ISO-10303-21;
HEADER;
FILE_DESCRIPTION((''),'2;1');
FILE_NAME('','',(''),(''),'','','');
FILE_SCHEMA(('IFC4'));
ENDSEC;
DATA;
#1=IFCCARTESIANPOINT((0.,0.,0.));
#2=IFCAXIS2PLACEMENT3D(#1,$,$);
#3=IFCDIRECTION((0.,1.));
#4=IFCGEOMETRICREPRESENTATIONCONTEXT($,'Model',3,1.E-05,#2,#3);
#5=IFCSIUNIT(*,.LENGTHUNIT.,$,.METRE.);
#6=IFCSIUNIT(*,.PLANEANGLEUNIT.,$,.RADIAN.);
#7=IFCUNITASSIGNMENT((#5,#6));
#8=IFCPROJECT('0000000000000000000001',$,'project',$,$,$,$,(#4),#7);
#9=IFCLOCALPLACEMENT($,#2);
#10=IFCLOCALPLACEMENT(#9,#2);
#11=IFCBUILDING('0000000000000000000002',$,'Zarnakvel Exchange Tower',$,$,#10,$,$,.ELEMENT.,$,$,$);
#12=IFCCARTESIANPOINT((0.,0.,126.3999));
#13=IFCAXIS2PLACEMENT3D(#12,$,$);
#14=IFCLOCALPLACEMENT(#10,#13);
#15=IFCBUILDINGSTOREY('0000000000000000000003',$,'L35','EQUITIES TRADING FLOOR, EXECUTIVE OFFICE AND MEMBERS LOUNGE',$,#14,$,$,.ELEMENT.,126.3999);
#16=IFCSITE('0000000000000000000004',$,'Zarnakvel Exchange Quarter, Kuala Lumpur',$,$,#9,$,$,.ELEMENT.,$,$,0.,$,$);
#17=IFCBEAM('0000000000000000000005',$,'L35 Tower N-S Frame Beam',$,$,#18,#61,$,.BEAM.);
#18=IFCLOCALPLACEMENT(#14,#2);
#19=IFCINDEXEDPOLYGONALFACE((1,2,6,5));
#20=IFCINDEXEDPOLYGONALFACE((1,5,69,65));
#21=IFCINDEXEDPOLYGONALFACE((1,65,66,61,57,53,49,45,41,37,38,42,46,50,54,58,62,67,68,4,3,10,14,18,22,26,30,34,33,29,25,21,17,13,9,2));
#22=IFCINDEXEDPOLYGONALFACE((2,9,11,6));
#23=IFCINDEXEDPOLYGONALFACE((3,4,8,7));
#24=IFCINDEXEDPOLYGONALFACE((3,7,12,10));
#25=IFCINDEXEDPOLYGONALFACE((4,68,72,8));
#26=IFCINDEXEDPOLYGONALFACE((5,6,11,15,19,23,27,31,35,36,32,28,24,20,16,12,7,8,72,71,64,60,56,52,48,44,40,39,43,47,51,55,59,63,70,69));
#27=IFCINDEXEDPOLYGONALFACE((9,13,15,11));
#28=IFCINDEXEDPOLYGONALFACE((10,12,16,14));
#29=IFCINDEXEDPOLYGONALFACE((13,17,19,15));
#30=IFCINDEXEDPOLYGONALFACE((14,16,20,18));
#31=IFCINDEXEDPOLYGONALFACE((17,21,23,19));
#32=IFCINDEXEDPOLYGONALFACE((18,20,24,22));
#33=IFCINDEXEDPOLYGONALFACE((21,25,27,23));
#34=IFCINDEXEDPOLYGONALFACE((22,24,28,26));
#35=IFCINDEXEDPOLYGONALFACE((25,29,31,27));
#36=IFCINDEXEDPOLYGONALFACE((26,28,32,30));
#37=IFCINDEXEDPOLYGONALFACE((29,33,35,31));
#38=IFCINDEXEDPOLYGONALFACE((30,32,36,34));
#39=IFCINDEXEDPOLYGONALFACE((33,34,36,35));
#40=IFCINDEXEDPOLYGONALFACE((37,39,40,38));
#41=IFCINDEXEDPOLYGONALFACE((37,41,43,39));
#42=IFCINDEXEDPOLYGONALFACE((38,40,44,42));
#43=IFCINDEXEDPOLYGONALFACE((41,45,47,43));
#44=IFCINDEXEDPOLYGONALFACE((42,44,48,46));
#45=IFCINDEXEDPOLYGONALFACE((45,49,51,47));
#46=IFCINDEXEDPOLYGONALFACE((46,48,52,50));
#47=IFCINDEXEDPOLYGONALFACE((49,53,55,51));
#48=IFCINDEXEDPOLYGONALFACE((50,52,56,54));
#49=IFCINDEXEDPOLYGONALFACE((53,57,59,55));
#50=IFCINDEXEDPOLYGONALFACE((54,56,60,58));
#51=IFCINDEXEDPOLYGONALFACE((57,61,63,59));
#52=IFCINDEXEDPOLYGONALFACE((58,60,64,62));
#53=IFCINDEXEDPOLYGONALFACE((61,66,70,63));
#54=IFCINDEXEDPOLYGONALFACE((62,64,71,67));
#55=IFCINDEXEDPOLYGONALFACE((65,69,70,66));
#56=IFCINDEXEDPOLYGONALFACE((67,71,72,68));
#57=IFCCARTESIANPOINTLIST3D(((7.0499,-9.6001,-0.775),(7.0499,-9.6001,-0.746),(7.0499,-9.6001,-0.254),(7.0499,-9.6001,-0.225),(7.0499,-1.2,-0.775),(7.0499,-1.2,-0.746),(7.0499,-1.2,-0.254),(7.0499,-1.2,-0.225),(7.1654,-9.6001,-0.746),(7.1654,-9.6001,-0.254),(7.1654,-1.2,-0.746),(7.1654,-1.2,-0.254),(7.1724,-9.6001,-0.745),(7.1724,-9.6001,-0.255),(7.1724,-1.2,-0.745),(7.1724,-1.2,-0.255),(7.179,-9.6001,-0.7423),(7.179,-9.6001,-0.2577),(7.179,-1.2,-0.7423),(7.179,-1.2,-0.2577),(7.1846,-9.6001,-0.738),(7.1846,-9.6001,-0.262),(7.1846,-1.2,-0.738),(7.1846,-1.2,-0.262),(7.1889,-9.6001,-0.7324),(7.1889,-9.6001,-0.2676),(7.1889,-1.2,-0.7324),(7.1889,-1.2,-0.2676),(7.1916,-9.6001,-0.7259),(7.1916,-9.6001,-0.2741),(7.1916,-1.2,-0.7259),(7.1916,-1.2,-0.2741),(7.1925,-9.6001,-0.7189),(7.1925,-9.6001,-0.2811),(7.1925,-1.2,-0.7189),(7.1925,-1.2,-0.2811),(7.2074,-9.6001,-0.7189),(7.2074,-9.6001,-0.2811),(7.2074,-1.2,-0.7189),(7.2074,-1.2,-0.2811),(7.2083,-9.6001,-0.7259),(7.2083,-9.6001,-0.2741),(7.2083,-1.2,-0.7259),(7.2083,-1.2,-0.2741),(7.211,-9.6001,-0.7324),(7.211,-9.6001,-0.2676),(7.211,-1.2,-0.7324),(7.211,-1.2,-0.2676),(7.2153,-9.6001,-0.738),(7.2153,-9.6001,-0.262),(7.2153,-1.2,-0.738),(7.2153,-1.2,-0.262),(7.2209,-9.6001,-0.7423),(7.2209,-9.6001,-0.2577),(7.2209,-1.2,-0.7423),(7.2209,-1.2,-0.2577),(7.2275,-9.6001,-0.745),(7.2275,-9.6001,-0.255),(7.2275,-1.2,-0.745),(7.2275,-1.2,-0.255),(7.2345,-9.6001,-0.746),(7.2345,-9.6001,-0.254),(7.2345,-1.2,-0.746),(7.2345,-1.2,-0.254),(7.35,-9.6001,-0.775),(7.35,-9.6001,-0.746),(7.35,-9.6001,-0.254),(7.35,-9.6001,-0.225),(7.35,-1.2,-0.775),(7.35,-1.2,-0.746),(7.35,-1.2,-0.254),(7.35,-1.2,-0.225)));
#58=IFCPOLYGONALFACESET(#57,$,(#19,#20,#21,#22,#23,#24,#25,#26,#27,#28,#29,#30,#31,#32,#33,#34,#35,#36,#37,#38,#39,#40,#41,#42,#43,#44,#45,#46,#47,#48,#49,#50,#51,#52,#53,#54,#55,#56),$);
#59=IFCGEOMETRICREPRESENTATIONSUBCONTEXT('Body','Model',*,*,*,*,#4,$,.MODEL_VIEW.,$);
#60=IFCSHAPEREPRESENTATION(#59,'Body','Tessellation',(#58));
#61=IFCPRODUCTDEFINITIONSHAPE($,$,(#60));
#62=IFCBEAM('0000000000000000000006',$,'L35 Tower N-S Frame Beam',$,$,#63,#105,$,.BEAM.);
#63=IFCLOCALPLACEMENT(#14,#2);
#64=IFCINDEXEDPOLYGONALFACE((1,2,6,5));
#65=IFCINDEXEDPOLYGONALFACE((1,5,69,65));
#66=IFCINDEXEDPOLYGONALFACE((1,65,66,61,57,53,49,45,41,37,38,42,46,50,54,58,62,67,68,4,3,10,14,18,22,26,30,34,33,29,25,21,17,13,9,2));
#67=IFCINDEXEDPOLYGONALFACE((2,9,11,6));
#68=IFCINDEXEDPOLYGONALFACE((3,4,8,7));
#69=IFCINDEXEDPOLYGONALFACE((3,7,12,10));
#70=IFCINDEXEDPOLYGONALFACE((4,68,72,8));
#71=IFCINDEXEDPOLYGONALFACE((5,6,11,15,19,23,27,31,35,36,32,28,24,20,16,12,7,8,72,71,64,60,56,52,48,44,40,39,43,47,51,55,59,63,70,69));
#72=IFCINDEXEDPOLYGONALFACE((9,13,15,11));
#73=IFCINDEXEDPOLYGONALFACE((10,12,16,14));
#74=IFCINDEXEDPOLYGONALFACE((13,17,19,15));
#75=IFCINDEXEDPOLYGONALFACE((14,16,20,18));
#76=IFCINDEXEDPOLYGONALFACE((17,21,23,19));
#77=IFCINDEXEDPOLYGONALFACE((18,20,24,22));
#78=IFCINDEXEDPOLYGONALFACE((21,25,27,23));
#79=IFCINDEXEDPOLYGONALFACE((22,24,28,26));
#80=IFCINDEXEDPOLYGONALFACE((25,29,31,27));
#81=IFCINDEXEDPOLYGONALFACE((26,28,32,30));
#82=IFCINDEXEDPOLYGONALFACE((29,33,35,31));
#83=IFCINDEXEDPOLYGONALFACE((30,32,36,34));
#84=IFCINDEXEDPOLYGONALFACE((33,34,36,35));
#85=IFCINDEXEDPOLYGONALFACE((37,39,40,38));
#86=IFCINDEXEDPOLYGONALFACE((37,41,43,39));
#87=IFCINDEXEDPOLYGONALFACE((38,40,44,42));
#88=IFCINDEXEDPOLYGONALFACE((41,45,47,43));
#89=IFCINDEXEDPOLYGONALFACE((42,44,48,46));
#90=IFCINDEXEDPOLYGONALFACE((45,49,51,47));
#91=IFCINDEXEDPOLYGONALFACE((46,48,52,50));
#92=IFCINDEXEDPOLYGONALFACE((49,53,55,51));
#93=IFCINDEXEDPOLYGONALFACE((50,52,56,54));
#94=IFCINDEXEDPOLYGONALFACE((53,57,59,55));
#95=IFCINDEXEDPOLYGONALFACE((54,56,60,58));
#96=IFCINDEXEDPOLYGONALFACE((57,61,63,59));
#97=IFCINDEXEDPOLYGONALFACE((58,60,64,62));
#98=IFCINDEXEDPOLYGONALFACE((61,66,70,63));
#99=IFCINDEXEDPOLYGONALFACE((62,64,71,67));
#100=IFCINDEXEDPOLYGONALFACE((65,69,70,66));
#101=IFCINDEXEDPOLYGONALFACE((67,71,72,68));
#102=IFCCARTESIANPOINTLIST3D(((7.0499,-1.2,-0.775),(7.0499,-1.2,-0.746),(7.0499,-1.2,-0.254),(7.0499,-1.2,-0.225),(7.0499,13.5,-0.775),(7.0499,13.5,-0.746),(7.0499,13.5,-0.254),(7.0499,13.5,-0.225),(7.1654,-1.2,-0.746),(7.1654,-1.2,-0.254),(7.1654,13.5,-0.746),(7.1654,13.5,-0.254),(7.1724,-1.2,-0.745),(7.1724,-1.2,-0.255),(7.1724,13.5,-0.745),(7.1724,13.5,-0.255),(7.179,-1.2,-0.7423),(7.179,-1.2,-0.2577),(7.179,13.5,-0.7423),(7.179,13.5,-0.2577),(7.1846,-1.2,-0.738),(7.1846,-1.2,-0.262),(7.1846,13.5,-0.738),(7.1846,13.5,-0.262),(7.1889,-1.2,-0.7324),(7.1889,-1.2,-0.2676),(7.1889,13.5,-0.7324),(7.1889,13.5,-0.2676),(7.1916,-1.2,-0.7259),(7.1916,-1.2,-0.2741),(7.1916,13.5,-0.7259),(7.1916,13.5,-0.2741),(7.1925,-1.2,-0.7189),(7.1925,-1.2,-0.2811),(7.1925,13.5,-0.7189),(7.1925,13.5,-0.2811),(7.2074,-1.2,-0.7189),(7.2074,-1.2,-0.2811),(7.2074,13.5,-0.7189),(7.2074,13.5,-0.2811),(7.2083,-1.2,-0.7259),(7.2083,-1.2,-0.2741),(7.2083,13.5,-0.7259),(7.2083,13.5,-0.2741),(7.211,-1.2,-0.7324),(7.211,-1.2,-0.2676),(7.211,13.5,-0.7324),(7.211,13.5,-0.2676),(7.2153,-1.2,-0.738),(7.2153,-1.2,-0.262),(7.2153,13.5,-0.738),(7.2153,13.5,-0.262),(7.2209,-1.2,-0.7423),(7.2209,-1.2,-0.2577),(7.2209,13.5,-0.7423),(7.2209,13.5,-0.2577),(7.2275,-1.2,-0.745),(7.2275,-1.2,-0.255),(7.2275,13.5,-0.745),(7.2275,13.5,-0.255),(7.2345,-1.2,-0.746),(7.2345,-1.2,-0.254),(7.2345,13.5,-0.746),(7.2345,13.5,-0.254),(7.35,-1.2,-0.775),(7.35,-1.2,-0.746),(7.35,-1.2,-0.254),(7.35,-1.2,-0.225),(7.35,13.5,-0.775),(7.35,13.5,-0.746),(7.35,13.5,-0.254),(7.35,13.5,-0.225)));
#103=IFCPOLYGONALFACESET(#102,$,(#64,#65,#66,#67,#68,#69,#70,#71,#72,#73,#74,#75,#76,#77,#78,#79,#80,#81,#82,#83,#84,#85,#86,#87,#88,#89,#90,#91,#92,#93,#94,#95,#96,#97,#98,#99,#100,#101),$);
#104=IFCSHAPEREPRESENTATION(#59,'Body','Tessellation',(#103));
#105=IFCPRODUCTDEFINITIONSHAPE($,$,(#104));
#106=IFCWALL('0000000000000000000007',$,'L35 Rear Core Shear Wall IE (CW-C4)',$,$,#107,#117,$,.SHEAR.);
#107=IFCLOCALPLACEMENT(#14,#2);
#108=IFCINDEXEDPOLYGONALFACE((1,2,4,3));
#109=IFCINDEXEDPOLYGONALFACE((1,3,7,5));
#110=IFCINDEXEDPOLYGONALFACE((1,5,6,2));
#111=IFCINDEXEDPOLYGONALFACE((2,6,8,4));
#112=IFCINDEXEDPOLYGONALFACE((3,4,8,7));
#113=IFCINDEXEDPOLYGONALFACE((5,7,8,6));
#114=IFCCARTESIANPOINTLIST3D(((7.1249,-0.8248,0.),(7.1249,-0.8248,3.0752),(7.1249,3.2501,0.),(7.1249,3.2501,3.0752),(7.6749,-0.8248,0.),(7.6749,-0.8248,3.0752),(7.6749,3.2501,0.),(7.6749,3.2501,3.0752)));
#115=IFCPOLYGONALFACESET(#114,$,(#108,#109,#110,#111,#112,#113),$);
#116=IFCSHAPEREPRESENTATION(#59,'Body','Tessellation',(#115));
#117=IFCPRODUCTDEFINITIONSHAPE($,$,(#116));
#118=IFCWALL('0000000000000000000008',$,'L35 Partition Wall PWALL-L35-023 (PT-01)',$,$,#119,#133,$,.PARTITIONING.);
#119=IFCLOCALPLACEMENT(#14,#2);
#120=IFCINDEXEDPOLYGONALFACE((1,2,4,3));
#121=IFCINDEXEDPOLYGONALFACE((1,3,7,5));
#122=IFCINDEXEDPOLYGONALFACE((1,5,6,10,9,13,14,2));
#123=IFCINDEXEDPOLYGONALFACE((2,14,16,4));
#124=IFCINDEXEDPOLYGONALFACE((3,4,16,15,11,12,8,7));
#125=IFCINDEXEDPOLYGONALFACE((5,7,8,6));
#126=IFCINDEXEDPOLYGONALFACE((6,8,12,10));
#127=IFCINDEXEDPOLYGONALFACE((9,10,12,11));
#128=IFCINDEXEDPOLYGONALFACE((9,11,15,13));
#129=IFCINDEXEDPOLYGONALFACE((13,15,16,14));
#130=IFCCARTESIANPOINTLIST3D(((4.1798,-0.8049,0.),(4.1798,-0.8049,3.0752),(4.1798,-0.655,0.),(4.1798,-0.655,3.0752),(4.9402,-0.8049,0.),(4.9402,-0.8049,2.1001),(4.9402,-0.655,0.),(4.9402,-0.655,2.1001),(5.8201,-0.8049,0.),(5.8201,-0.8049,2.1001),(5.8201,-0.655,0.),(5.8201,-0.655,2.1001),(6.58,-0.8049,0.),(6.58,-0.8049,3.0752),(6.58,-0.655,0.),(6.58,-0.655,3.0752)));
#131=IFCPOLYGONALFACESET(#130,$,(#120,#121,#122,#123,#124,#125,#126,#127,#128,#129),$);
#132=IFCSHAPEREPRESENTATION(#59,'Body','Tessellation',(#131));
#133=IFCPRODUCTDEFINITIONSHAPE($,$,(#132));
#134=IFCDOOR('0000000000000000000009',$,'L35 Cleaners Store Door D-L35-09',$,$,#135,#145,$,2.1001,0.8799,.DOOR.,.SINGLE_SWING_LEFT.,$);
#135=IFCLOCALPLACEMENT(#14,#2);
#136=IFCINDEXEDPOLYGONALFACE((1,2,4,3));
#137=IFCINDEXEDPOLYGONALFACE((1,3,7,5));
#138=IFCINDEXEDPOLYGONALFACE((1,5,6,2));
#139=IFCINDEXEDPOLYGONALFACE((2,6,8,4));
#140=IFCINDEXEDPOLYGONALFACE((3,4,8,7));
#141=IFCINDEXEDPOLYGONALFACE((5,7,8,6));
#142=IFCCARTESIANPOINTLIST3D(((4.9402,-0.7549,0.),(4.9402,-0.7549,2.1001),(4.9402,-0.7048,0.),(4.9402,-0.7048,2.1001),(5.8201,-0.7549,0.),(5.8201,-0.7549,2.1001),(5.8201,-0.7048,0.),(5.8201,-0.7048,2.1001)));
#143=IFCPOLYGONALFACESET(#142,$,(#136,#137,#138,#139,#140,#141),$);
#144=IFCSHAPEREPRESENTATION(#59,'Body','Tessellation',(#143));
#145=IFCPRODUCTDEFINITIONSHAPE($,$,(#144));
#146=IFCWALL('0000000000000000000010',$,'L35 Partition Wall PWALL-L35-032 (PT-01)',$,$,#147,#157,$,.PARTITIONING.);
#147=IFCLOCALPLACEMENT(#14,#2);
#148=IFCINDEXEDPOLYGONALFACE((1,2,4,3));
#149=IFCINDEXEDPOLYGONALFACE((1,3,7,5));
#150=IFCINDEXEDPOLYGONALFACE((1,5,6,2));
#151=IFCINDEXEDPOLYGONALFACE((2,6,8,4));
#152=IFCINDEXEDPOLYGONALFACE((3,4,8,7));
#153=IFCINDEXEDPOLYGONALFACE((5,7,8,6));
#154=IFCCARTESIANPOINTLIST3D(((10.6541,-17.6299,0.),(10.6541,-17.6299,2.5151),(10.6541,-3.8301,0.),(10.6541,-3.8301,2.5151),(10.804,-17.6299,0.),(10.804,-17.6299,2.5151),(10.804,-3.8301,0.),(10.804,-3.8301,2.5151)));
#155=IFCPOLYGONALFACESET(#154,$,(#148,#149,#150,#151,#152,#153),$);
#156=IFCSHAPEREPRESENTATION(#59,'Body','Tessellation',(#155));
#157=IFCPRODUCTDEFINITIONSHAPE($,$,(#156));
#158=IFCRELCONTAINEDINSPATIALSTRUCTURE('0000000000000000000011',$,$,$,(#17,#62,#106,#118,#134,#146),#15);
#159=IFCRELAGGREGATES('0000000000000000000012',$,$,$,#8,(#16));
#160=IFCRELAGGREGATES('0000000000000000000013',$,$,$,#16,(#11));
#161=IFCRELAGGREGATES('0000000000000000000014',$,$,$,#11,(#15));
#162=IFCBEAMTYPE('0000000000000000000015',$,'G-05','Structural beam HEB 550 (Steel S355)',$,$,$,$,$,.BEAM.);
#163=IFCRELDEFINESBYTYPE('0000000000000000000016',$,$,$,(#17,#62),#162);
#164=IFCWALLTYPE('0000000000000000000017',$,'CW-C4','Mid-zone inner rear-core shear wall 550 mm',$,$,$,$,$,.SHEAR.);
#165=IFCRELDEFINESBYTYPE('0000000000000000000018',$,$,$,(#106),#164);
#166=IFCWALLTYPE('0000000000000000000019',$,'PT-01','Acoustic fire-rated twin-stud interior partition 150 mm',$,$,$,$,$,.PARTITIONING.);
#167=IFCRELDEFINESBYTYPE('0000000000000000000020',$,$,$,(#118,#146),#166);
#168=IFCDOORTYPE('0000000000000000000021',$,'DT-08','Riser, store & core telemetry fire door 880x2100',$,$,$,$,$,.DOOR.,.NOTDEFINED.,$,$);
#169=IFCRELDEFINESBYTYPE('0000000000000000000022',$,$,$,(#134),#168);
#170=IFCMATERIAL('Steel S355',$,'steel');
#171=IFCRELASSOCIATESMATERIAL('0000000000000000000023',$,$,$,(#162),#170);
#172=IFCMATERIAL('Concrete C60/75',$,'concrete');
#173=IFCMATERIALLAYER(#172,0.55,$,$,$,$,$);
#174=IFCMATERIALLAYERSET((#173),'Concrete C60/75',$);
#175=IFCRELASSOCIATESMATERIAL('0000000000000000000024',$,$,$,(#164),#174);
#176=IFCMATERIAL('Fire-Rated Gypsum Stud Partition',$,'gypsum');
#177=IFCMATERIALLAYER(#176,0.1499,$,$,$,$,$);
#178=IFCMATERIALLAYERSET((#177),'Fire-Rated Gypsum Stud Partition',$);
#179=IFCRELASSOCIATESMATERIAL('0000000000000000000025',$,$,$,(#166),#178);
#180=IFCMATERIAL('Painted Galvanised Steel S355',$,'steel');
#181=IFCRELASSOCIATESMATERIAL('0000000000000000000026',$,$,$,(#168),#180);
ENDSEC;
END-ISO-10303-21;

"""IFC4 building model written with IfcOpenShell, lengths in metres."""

from ifc_helpers import new_model, si_unit, direction, frame, frame_2d, origin, origin_2d, place, context, subcontext, project, spatial, rectangle, i_section, extrude, source, transform, mapped, material, layer, layer_set, material_profile, profile_set, type_object, element, fill, save


model = new_model("IFC4")

# Units and contexts
model_context = context("Model", 3, precision=1e-05, world=origin(), true_north=direction((0.0, 1.0)))
body_context = subcontext(model_context, "Body", "Model", "MODEL_VIEW")
ifc_project = project(units=[si_unit("LENGTHUNIT", "METRE"), si_unit("PLANEANGLEUNIT", "RADIAN")], contexts=[model_context])

# Site, building, storey
site_placement = place(None, origin())
site = spatial("IfcSite", under=ifc_project, at=site_placement, Name="Zarnakvel Exchange Quarter, Kuala Lumpur", CompositionType="ELEMENT", RefElevation=0.0)
building_placement = place(site_placement, origin())
building = spatial("IfcBuilding", under=site, at=building_placement, Name="Zarnakvel Exchange Tower", CompositionType="ELEMENT")
storey_placement = place(building_placement, frame((0.0, 0.0, 126.3999)))
storey = spatial("IfcBuildingStorey", under=building, at=storey_placement, Name="L35", Description="EQUITIES TRADING FLOOR, EXECUTIVE OFFICE AND MEMBERS LOUNGE", CompositionType="ELEMENT", Elevation=126.3999)

# Shared definitions
ifc_material_1 = material(Name="Concrete C60/75", Category="concrete")

# Beams
ifc_material_2 = material(Name="Steel S355", Category="steel")
ifc_material_profile_1 = material_profile(ifc_material_2, i_section(OverallWidth=0.3, OverallDepth=0.55, WebThickness=0.0149, FlangeThickness=0.0291, FilletRadius=0.0271, at=origin_2d()))
ifc_profile_set_1 = profile_set([ifc_material_profile_1], Name="Steel S355")
beam_type_1 = type_object("IfcBeamType", Name="G-05", Description="Structural beam HEB 550 (Steel S355)", PredefinedType="BEAM", material=ifc_profile_set_1)
beam_1_placement = place(storey_placement, frame((7.2, -9.6001, -0.5), z_axis=(0.0, 1.0, 0.0), x_axis=(-1.0, 0.0, 0.0)))
element("IfcBeam", 1, at=beam_1_placement, inside=storey, type_object=beam_type_1, Name="L35 Tower N-S Frame Beam", PredefinedType="BEAM", context=body_context, shape_type="SweptSolid", body=[
    extrude(i_section(OverallWidth=0.3, OverallDepth=0.55, WebThickness=0.0149, FlangeThickness=0.0291, FilletRadius=0.0271, at=origin_2d()), origin(), (0.0, 0.0, 1.0), 8.4001),
])
beam_2_placement = place(storey_placement, frame((7.2, -1.2, -0.5), z_axis=(0.0, 1.0, 0.0), x_axis=(-1.0, 0.0, 0.0)))
element("IfcBeam", 2, at=beam_2_placement, inside=storey, type_object=beam_type_1, Name="L35 Tower N-S Frame Beam", PredefinedType="BEAM", context=body_context, shape_type="SweptSolid", body=[
    extrude(i_section(OverallWidth=0.3, OverallDepth=0.55, WebThickness=0.0149, FlangeThickness=0.0291, FilletRadius=0.0271, at=origin_2d()), origin(), (0.0, 0.0, 1.0), 14.7),
])

# Shared definitions
ifc_material_3 = material(Name="Painted Galvanised Steel S355", Category="steel")

# Wall
ifc_layer_1 = layer(ifc_material_1, 0.55)
ifc_layer_set_1 = layer_set([ifc_layer_1], Name="Concrete C60/75")
wall_type_1 = type_object("IfcWallType", Name="CW-C4", Description="Mid-zone inner rear-core shear wall 550 mm", PredefinedType="SHEAR", material=ifc_layer_set_1)
wall_1_placement = place(storey_placement, frame((7.3999, -0.825, 0.0), z_axis=(0.0, 0.0, 1.0), x_axis=(0.0, 1.0, 0.0)))
element("IfcWall", 3, at=wall_1_placement, inside=storey, type_object=wall_type_1, Name="L35 Rear Core Shear Wall IE (CW-C4)", PredefinedType="SHEAR", context=body_context, shape_type="SweptSolid", body=[
    extrude(rectangle(XDim=4.075, YDim=0.55, at=frame_2d((2.0376, 0.0))), origin(), (0.0, 0.0, 1.0), 3.0752),
])

# Wall, opening, door
ifc_material_4 = material(Name="Fire-Rated Gypsum Stud Partition", Category="gypsum")
ifc_layer_2 = layer(ifc_material_4, 0.1499)
ifc_layer_set_2 = layer_set([ifc_layer_2], Name="Fire-Rated Gypsum Stud Partition")
wall_type_2 = type_object("IfcWallType", Name="PT-01", Description="Acoustic fire-rated twin-stud interior partition 150 mm", PredefinedType="PARTITIONING", material=ifc_layer_set_2)
wall_2_placement = place(storey_placement, frame((6.5801, -0.73, 0.0), z_axis=(0.0, 0.0, 1.0), x_axis=(-1.0, 0.0, 0.0)))
wall_2 = element("IfcWall", 4, at=wall_2_placement, inside=storey, type_object=wall_type_2, Name="L35 Partition Wall PWALL-L35-023 (PT-01)", PredefinedType="PARTITIONING", context=body_context, shape_type="SweptSolid", body=[
    extrude(rectangle(XDim=2.4001, YDim=0.1499, at=frame_2d((1.2002, 0.0))), origin(), (0.0, 0.0, 1.0), 3.0752),
])
opening_1_placement = place(wall_2_placement, frame((0.76, 0.0, 0.0)))
opening_1 = element("IfcOpeningElement", 5, at=opening_1_placement, cuts=wall_2, PredefinedType="OPENING", context=body_context, shape_type="SweptSolid", body=[
    extrude(rectangle(XDim=0.8799, YDim=2.1001, at=frame_2d((0.4399, 1.05))), frame((0.0, 0.085, 0.0), z_axis=(0.0, -1.0, 0.0), x_axis=(1.0, 0.0, 0.0)), (0.0, 0.0, 1.0), 0.1699),
])
door_type_1 = type_object("IfcDoorType", Name="DT-08", Description="Riser, store & core telemetry fire door 880x2100", OperationType="NOTDEFINED", PredefinedType="DOOR", material=ifc_material_3)
shared_shape_1 = source(origin(), body_context, "Body", "SweptSolid", [
    extrude(rectangle(XDim=0.8799, YDim=2.1001, at=frame_2d((0.4399, 1.05))), frame((0.0, 0.0249, 0.0), z_axis=(0.0, -1.0, 0.0), x_axis=(1.0, 0.0, 0.0)), (0.0, 0.0, 1.0), 0.05),
])
door_1_placement = place(opening_1_placement, origin())
door_1 = element("IfcDoor", 6, at=door_1_placement, inside=storey, type_object=door_type_1, Name="L35 Cleaners Store Door D-L35-09", OperationType="SINGLE_SWING_LEFT", OverallHeight=2.1001, OverallWidth=0.8799, PredefinedType="DOOR", context=body_context, shape_type="MappedRepresentation", body=[
    mapped(shared_shape_1, transform((0.0, 0.0, 0.0), x_axis=(1.0, 0.0, 0.0), y_axis=(0.0, 1.0, 0.0), z_axis=(0.0, 0.0, 1.0), scale=1.0)),
])
fill(opening_1, door_1)

# Wall
wall_3_placement = place(storey_placement, frame((10.729, -3.8301, 0.0), z_axis=(0.0, 0.0, 1.0), x_axis=(0.0, -1.0, 0.0)))
element("IfcWall", 7, at=wall_3_placement, inside=storey, type_object=wall_type_2, Name="L35 Partition Wall PWALL-L35-032 (PT-01)", PredefinedType="PARTITIONING", context=body_context, shape_type="SweptSolid", body=[
    extrude(rectangle(XDim=13.7998, YDim=0.1499, at=frame_2d((6.8999, 0.0))), origin(), (0.0, 0.0, 1.0), 2.5151),
])

save(model, "model.ifc")
